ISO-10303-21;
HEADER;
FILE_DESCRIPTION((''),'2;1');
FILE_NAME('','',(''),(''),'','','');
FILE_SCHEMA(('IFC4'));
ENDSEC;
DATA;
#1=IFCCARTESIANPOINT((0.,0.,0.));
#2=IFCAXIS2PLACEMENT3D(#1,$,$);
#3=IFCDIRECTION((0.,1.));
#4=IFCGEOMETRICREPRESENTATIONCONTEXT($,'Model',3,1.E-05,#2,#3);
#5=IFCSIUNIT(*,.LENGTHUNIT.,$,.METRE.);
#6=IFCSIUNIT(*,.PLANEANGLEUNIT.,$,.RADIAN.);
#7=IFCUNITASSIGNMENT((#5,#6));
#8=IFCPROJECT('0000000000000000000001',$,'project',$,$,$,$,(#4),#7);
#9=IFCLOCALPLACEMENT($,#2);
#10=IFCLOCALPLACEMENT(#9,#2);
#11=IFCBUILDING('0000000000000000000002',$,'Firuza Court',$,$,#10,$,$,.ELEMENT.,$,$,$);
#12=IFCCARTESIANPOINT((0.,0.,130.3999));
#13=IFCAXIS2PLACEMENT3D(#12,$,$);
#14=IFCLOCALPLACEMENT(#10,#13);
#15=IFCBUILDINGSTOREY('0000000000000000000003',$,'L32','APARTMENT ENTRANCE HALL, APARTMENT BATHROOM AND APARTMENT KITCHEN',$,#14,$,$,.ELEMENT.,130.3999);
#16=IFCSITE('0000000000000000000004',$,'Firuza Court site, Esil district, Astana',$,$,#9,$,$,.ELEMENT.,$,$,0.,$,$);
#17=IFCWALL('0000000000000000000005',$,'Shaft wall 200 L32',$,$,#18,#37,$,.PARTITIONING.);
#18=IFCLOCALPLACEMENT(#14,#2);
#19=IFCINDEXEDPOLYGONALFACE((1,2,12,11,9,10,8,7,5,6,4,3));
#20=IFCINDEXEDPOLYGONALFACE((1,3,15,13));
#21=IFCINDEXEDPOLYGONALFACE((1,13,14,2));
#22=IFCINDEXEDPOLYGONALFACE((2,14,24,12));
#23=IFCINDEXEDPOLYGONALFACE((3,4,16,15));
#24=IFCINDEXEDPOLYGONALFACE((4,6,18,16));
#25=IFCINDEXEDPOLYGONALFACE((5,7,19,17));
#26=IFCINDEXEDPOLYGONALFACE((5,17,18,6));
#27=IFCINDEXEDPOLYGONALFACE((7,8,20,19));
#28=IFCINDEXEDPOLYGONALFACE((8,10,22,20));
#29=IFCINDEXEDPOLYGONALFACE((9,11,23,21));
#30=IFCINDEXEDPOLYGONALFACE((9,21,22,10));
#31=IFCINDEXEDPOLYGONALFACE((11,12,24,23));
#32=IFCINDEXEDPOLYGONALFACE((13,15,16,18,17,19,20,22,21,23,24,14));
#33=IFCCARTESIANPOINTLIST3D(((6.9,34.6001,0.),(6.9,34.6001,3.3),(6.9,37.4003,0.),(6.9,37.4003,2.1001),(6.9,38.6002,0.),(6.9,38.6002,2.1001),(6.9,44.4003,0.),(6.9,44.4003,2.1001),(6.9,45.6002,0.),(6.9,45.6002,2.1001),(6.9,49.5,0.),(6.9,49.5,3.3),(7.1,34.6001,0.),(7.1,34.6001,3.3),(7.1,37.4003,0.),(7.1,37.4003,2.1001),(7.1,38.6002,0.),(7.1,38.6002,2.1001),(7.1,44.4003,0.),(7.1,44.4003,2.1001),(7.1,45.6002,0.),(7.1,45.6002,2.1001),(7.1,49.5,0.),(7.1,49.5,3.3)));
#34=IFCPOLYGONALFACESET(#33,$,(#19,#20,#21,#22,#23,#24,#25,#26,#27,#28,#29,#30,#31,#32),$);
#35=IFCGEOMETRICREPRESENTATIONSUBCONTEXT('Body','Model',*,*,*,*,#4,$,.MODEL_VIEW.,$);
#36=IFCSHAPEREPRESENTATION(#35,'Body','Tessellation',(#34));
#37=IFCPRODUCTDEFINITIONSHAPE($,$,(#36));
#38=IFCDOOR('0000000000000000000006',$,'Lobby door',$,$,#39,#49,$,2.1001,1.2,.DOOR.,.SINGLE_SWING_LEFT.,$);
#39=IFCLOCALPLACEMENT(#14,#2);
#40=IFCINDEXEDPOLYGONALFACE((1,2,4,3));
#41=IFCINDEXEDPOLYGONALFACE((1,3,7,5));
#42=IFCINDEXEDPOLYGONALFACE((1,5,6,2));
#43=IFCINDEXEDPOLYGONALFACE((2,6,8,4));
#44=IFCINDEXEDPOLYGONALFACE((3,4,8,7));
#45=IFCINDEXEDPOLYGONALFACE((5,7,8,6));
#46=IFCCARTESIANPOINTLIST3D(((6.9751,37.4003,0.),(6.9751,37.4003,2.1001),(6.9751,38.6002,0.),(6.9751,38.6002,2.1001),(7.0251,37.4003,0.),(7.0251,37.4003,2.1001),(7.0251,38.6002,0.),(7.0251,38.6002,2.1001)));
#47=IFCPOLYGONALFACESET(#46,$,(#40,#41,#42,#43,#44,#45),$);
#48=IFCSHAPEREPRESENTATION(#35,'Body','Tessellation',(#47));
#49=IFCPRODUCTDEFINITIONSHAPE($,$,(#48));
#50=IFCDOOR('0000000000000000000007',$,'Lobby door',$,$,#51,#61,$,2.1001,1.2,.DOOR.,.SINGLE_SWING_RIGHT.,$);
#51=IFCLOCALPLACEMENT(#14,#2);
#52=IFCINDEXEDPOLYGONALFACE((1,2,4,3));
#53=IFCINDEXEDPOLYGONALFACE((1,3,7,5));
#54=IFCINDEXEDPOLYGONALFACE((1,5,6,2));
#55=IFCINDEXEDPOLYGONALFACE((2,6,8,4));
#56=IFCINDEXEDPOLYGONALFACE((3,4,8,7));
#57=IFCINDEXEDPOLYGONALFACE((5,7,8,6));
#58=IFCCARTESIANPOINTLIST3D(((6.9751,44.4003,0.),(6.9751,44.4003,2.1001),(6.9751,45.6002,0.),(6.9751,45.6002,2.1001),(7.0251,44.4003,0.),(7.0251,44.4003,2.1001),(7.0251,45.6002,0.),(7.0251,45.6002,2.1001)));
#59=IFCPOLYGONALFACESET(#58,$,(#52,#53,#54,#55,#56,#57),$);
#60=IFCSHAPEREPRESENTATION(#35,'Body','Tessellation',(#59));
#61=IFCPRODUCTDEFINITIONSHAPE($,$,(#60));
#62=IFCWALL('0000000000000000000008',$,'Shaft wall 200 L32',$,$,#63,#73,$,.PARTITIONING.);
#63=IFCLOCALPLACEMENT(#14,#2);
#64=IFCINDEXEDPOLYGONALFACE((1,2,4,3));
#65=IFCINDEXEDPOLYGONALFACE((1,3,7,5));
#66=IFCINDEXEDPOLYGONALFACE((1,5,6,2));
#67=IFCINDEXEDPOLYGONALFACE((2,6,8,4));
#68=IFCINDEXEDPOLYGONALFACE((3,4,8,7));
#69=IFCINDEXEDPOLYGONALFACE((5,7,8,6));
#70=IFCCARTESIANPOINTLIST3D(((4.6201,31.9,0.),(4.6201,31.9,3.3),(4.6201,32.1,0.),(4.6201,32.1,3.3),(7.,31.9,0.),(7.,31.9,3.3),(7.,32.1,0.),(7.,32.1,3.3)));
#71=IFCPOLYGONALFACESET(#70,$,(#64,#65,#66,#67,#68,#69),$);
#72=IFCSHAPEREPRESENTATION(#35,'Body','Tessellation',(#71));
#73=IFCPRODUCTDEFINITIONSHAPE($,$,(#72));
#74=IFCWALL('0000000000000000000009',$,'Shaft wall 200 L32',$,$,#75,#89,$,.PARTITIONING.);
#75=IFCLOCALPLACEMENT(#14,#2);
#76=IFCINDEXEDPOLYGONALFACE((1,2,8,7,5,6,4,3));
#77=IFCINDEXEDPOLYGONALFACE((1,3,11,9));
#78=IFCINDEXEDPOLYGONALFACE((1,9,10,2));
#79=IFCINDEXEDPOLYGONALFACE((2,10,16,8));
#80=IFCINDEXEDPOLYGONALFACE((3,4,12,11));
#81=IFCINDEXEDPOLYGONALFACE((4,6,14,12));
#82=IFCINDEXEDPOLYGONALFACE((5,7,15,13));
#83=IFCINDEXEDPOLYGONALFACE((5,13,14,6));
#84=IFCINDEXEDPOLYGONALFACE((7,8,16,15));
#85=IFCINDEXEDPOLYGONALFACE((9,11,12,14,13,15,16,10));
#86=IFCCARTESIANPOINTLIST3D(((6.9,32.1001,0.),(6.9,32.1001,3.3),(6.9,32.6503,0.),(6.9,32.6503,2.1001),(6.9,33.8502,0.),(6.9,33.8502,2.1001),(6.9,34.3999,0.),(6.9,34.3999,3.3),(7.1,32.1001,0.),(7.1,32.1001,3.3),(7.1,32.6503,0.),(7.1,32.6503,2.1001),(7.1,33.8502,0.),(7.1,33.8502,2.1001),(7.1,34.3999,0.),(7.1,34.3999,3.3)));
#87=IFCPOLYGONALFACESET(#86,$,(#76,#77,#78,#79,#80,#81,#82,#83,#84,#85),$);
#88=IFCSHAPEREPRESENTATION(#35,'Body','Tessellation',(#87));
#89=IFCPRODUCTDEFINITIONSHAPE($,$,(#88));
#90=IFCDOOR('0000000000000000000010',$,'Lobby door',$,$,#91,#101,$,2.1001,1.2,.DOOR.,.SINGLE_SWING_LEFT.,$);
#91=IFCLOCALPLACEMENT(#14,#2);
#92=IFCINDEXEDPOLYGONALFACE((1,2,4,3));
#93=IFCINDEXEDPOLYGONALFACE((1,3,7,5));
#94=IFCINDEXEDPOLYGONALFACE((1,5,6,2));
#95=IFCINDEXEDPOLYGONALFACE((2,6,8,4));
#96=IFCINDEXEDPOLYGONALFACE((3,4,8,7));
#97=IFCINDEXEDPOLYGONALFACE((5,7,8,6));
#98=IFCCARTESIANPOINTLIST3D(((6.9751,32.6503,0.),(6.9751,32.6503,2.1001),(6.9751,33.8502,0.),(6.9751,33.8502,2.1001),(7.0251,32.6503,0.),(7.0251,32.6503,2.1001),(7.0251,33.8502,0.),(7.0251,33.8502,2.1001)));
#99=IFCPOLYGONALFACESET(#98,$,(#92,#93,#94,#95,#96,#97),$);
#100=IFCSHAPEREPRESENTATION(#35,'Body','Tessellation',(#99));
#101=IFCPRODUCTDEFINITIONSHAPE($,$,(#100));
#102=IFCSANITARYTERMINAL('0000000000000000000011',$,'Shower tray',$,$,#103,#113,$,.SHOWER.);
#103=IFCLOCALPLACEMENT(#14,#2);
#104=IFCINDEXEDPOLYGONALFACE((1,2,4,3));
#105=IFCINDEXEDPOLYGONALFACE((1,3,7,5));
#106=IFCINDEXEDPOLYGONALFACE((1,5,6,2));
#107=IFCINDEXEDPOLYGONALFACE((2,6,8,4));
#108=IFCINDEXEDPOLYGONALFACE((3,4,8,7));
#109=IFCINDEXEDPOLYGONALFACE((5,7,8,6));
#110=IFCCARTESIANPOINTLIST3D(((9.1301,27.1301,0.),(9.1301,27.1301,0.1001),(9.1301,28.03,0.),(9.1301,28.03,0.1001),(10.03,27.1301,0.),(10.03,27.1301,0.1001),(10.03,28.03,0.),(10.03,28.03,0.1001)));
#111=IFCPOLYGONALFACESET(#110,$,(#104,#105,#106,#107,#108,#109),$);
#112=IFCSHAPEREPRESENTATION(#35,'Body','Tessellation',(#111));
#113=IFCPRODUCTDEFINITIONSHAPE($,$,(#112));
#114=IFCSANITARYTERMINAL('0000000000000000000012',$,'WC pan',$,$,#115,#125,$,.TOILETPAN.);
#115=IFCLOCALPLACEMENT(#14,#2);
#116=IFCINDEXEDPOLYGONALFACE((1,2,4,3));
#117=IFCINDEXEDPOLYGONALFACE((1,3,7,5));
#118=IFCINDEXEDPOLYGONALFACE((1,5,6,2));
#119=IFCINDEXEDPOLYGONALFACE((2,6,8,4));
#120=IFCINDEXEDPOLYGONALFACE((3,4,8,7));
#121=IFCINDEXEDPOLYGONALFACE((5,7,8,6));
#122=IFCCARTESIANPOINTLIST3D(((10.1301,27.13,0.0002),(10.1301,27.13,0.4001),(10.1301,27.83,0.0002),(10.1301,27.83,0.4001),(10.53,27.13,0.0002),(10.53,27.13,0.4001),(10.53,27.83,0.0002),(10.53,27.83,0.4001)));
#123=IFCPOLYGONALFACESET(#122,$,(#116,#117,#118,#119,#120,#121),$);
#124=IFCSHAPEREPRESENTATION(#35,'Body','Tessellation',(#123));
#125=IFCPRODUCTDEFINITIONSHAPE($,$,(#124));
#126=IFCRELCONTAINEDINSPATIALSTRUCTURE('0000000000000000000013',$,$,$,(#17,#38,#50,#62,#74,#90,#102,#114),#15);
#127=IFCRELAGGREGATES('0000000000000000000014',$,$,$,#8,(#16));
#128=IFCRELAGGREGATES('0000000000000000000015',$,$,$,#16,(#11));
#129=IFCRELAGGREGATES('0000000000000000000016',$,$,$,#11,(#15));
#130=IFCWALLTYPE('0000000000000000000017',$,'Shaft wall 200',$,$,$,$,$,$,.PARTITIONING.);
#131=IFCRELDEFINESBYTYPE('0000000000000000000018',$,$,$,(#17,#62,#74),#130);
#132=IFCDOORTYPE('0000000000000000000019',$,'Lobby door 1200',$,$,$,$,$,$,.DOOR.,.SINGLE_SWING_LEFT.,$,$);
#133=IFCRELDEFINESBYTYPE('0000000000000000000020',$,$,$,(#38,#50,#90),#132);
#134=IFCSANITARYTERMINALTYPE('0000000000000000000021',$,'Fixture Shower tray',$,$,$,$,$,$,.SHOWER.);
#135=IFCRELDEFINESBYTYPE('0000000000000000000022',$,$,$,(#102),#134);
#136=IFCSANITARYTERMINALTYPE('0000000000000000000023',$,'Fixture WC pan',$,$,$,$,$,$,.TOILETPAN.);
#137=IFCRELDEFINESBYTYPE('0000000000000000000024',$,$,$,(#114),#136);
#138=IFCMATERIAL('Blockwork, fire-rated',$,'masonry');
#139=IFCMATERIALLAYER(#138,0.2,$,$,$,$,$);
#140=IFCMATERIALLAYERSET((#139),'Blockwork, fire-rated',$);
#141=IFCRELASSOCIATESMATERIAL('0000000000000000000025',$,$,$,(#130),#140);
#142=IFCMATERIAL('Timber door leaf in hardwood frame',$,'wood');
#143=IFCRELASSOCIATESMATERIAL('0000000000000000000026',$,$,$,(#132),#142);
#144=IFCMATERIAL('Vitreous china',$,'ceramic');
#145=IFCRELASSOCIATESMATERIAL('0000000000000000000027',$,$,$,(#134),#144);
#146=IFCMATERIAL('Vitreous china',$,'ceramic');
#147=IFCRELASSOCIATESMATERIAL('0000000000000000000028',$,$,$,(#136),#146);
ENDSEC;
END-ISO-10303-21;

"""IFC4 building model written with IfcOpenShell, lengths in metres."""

from ifc_helpers import new_model, si_unit, direction, frame, frame_2d, origin, origin_2d, place, context, subcontext, project, spatial, rectangle, extrude, material, layer, layer_set, type_object, element, fill, save


model = new_model("IFC4")

# Units and contexts
model_context = context("Model", 3, precision=1e-05, world=origin(), true_north=direction((0.0, 1.0)))
body_context = subcontext(model_context, "Body", "Model", "MODEL_VIEW")
ifc_project = project(units=[si_unit("LENGTHUNIT", "METRE"), si_unit("PLANEANGLEUNIT", "RADIAN")], contexts=[model_context])

# Site, building, storey
site_placement = place(None, origin())
site = spatial("IfcSite", under=ifc_project, at=site_placement, Name="Firuza Court site, Esil district, Astana", CompositionType="ELEMENT", RefElevation=0.0)
building_placement = place(site_placement, origin())
building = spatial("IfcBuilding", under=site, at=building_placement, Name="Firuza Court", CompositionType="ELEMENT")
storey_placement = place(building_placement, frame((0.0, 0.0, 130.3999)))
storey = spatial("IfcBuildingStorey", under=building, at=storey_placement, Name="L32", Description="APARTMENT ENTRANCE HALL, APARTMENT BATHROOM AND APARTMENT KITCHEN", CompositionType="ELEMENT", Elevation=130.3999)

# Shared definitions
ifc_material_1 = material(Name="Blockwork, fire-rated", Category="masonry")
ifc_layer_1 = layer(ifc_material_1, 0.2)
ifc_layer_set_1 = layer_set([ifc_layer_1], Name="Blockwork, fire-rated")
wall_type_1 = type_object("IfcWallType", Name="Shaft wall 200", PredefinedType="PARTITIONING", material=ifc_layer_set_1)

# Wall, openings, doors
wall_1_placement = place(storey_placement, frame((7.0, 34.6001, 0.0), z_axis=(0.0, 0.0, 1.0), x_axis=(0.0, 1.0, 0.0)))
wall_1 = element("IfcWall", 1, at=wall_1_placement, inside=storey, type_object=wall_type_1, Name="Shaft wall 200 L32", PredefinedType="PARTITIONING", context=body_context, shape_type="SweptSolid", body=[
    extrude(rectangle(XDim=14.8999, YDim=0.2, at=frame_2d((7.45, 0.0))), origin(), (0.0, 0.0, 1.0), 3.3),
])
opening_1_placement = place(wall_1_placement, frame((2.8, 0.0, 0.0)))
opening_1 = element("IfcOpeningElement", 2, at=opening_1_placement, cuts=wall_1, PredefinedType="OPENING", context=body_context, shape_type="SweptSolid", body=[
    extrude(rectangle(XDim=1.2, YDim=2.1001, at=frame_2d((0.6001, 1.05))), frame((0.0, 0.1118, 0.0), z_axis=(0.0, -1.0, 0.0), x_axis=(1.0, 0.0, 0.0)), (0.0, 0.0, 1.0), 0.2239),
])
opening_2_placement = place(wall_1_placement, frame((9.8, 0.0, 0.0)))
opening_2 = element("IfcOpeningElement", 3, at=opening_2_placement, cuts=wall_1, PredefinedType="OPENING", context=body_context, shape_type="SweptSolid", body=[
    extrude(rectangle(XDim=1.2, YDim=2.1001, at=frame_2d((0.6001, 1.05))), frame((0.0, 0.1118, 0.0), z_axis=(0.0, -1.0, 0.0), x_axis=(1.0, 0.0, 0.0)), (0.0, 0.0, 1.0), 0.2239),
])
ifc_material_2 = material(Name="Timber door leaf in hardwood frame", Category="wood")
door_type_1 = type_object("IfcDoorType", Name="Lobby door 1200", OperationType="SINGLE_SWING_LEFT", PredefinedType="DOOR", material=ifc_material_2)
door_1_placement = place(opening_1_placement, origin())
door_1 = element("IfcDoor", 4, at=door_1_placement, inside=storey, type_object=door_type_1, Name="Lobby door", OperationType="SINGLE_SWING_LEFT", OverallHeight=2.1001, OverallWidth=1.2, PredefinedType="DOOR", context=body_context, shape_type="SweptSolid", body=[
    extrude(rectangle(XDim=1.2, YDim=2.1001, at=frame_2d((0.6001, 1.05))), frame((0.0, 0.0249, 0.0), z_axis=(0.0, -1.0, 0.0), x_axis=(1.0, 0.0, 0.0)), (0.0, 0.0, 1.0), 0.05),
])
fill(opening_1, door_1)
door_2_placement = place(opening_2_placement, origin())
door_2 = element("IfcDoor", 5, at=door_2_placement, inside=storey, type_object=door_type_1, Name="Lobby door", OperationType="SINGLE_SWING_RIGHT", OverallHeight=2.1001, OverallWidth=1.2, PredefinedType="DOOR", context=body_context, shape_type="SweptSolid", body=[
    extrude(rectangle(XDim=1.2, YDim=2.1001, at=frame_2d((0.6001, 1.05))), frame((0.0, 0.0249, 0.0), z_axis=(0.0, -1.0, 0.0), x_axis=(1.0, 0.0, 0.0)), (0.0, 0.0, 1.0), 0.05),
])
fill(opening_2, door_2)

# Wall
wall_2_placement = place(storey_placement, frame((4.6201, 32.0, 0.0), z_axis=(0.0, 0.0, 1.0), x_axis=(1.0, 0.0, 0.0)))
element("IfcWall", 6, at=wall_2_placement, inside=storey, type_object=wall_type_1, Name="Shaft wall 200 L32", PredefinedType="PARTITIONING", context=body_context, shape_type="SweptSolid", body=[
    extrude(rectangle(XDim=2.3799, YDim=0.2, at=frame_2d((1.1899, 0.0))), origin(), (0.0, 0.0, 1.0), 3.3),
])

# Wall, opening, door
wall_3_placement = place(storey_placement, frame((7.0, 32.1001, 0.0), z_axis=(0.0, 0.0, 1.0), x_axis=(0.0, 1.0, 0.0)))
wall_3 = element("IfcWall", 7, at=wall_3_placement, inside=storey, type_object=wall_type_1, Name="Shaft wall 200 L32", PredefinedType="PARTITIONING", context=body_context, shape_type="SweptSolid", body=[
    extrude(rectangle(XDim=2.2998, YDim=0.2, at=frame_2d((1.1499, 0.0))), origin(), (0.0, 0.0, 1.0), 3.3),
])
opening_3_placement = place(wall_3_placement, frame((0.55, 0.0, 0.0)))
opening_3 = element("IfcOpeningElement", 8, at=opening_3_placement, cuts=wall_3, PredefinedType="OPENING", context=body_context, shape_type="SweptSolid", body=[
    extrude(rectangle(XDim=1.2, YDim=2.1001, at=frame_2d((0.6001, 1.05))), frame((0.0, 0.1118, 0.0), z_axis=(0.0, -1.0, 0.0), x_axis=(1.0, 0.0, 0.0)), (0.0, 0.0, 1.0), 0.2239),
])
door_3_placement = place(opening_3_placement, origin())
door_3 = element("IfcDoor", 9, at=door_3_placement, inside=storey, type_object=door_type_1, Name="Lobby door", OperationType="SINGLE_SWING_LEFT", OverallHeight=2.1001, OverallWidth=1.2, PredefinedType="DOOR", context=body_context, shape_type="SweptSolid", body=[
    extrude(rectangle(XDim=1.2, YDim=2.1001, at=frame_2d((0.6001, 1.05))), frame((0.0, 0.0249, 0.0), z_axis=(0.0, -1.0, 0.0), x_axis=(1.0, 0.0, 0.0)), (0.0, 0.0, 1.0), 0.05),
])
fill(opening_3, door_3)

# Sanitary terminals
ifc_material_3 = material(Name="Vitreous china", Category="ceramic")
sanitary_terminal_type_1 = type_object("IfcSanitaryTerminalType", Name="Fixture Shower tray", PredefinedType="SHOWER", material=ifc_material_3)
sanitary_terminal_1_placement = place(storey_placement, frame((9.5801, 27.5801, 0.0), z_axis=(0.0, 0.0, 1.0), x_axis=(1.0, 0.0, 0.0)))
element("IfcSanitaryTerminal", 10, at=sanitary_terminal_1_placement, inside=storey, type_object=sanitary_terminal_type_1, Name="Shower tray", PredefinedType="SHOWER", context=body_context, shape_type="SweptSolid", body=[
    extrude(rectangle(XDim=0.8999, YDim=0.8999, at=origin_2d()), origin(), (0.0, 0.0, 1.0), 0.1001),
])
ifc_material_4 = material(Name="Vitreous china", Category="ceramic")
sanitary_terminal_type_2 = type_object("IfcSanitaryTerminalType", Name="Fixture WC pan", PredefinedType="TOILETPAN", material=ifc_material_4)
sanitary_terminal_2_placement = place(storey_placement, frame((10.3301, 27.48, 0.0002), z_axis=(0.0, 0.0, 1.0), x_axis=(1.0, 0.0, 0.0)))
element("IfcSanitaryTerminal", 11, at=sanitary_terminal_2_placement, inside=storey, type_object=sanitary_terminal_type_2, Name="WC pan", PredefinedType="TOILETPAN", context=body_context, shape_type="SweptSolid", body=[
    extrude(rectangle(XDim=0.3999, YDim=0.7, at=origin_2d()), origin(), (0.0, 0.0, 1.0), 0.3999),
])

save(model, "model.ifc")
